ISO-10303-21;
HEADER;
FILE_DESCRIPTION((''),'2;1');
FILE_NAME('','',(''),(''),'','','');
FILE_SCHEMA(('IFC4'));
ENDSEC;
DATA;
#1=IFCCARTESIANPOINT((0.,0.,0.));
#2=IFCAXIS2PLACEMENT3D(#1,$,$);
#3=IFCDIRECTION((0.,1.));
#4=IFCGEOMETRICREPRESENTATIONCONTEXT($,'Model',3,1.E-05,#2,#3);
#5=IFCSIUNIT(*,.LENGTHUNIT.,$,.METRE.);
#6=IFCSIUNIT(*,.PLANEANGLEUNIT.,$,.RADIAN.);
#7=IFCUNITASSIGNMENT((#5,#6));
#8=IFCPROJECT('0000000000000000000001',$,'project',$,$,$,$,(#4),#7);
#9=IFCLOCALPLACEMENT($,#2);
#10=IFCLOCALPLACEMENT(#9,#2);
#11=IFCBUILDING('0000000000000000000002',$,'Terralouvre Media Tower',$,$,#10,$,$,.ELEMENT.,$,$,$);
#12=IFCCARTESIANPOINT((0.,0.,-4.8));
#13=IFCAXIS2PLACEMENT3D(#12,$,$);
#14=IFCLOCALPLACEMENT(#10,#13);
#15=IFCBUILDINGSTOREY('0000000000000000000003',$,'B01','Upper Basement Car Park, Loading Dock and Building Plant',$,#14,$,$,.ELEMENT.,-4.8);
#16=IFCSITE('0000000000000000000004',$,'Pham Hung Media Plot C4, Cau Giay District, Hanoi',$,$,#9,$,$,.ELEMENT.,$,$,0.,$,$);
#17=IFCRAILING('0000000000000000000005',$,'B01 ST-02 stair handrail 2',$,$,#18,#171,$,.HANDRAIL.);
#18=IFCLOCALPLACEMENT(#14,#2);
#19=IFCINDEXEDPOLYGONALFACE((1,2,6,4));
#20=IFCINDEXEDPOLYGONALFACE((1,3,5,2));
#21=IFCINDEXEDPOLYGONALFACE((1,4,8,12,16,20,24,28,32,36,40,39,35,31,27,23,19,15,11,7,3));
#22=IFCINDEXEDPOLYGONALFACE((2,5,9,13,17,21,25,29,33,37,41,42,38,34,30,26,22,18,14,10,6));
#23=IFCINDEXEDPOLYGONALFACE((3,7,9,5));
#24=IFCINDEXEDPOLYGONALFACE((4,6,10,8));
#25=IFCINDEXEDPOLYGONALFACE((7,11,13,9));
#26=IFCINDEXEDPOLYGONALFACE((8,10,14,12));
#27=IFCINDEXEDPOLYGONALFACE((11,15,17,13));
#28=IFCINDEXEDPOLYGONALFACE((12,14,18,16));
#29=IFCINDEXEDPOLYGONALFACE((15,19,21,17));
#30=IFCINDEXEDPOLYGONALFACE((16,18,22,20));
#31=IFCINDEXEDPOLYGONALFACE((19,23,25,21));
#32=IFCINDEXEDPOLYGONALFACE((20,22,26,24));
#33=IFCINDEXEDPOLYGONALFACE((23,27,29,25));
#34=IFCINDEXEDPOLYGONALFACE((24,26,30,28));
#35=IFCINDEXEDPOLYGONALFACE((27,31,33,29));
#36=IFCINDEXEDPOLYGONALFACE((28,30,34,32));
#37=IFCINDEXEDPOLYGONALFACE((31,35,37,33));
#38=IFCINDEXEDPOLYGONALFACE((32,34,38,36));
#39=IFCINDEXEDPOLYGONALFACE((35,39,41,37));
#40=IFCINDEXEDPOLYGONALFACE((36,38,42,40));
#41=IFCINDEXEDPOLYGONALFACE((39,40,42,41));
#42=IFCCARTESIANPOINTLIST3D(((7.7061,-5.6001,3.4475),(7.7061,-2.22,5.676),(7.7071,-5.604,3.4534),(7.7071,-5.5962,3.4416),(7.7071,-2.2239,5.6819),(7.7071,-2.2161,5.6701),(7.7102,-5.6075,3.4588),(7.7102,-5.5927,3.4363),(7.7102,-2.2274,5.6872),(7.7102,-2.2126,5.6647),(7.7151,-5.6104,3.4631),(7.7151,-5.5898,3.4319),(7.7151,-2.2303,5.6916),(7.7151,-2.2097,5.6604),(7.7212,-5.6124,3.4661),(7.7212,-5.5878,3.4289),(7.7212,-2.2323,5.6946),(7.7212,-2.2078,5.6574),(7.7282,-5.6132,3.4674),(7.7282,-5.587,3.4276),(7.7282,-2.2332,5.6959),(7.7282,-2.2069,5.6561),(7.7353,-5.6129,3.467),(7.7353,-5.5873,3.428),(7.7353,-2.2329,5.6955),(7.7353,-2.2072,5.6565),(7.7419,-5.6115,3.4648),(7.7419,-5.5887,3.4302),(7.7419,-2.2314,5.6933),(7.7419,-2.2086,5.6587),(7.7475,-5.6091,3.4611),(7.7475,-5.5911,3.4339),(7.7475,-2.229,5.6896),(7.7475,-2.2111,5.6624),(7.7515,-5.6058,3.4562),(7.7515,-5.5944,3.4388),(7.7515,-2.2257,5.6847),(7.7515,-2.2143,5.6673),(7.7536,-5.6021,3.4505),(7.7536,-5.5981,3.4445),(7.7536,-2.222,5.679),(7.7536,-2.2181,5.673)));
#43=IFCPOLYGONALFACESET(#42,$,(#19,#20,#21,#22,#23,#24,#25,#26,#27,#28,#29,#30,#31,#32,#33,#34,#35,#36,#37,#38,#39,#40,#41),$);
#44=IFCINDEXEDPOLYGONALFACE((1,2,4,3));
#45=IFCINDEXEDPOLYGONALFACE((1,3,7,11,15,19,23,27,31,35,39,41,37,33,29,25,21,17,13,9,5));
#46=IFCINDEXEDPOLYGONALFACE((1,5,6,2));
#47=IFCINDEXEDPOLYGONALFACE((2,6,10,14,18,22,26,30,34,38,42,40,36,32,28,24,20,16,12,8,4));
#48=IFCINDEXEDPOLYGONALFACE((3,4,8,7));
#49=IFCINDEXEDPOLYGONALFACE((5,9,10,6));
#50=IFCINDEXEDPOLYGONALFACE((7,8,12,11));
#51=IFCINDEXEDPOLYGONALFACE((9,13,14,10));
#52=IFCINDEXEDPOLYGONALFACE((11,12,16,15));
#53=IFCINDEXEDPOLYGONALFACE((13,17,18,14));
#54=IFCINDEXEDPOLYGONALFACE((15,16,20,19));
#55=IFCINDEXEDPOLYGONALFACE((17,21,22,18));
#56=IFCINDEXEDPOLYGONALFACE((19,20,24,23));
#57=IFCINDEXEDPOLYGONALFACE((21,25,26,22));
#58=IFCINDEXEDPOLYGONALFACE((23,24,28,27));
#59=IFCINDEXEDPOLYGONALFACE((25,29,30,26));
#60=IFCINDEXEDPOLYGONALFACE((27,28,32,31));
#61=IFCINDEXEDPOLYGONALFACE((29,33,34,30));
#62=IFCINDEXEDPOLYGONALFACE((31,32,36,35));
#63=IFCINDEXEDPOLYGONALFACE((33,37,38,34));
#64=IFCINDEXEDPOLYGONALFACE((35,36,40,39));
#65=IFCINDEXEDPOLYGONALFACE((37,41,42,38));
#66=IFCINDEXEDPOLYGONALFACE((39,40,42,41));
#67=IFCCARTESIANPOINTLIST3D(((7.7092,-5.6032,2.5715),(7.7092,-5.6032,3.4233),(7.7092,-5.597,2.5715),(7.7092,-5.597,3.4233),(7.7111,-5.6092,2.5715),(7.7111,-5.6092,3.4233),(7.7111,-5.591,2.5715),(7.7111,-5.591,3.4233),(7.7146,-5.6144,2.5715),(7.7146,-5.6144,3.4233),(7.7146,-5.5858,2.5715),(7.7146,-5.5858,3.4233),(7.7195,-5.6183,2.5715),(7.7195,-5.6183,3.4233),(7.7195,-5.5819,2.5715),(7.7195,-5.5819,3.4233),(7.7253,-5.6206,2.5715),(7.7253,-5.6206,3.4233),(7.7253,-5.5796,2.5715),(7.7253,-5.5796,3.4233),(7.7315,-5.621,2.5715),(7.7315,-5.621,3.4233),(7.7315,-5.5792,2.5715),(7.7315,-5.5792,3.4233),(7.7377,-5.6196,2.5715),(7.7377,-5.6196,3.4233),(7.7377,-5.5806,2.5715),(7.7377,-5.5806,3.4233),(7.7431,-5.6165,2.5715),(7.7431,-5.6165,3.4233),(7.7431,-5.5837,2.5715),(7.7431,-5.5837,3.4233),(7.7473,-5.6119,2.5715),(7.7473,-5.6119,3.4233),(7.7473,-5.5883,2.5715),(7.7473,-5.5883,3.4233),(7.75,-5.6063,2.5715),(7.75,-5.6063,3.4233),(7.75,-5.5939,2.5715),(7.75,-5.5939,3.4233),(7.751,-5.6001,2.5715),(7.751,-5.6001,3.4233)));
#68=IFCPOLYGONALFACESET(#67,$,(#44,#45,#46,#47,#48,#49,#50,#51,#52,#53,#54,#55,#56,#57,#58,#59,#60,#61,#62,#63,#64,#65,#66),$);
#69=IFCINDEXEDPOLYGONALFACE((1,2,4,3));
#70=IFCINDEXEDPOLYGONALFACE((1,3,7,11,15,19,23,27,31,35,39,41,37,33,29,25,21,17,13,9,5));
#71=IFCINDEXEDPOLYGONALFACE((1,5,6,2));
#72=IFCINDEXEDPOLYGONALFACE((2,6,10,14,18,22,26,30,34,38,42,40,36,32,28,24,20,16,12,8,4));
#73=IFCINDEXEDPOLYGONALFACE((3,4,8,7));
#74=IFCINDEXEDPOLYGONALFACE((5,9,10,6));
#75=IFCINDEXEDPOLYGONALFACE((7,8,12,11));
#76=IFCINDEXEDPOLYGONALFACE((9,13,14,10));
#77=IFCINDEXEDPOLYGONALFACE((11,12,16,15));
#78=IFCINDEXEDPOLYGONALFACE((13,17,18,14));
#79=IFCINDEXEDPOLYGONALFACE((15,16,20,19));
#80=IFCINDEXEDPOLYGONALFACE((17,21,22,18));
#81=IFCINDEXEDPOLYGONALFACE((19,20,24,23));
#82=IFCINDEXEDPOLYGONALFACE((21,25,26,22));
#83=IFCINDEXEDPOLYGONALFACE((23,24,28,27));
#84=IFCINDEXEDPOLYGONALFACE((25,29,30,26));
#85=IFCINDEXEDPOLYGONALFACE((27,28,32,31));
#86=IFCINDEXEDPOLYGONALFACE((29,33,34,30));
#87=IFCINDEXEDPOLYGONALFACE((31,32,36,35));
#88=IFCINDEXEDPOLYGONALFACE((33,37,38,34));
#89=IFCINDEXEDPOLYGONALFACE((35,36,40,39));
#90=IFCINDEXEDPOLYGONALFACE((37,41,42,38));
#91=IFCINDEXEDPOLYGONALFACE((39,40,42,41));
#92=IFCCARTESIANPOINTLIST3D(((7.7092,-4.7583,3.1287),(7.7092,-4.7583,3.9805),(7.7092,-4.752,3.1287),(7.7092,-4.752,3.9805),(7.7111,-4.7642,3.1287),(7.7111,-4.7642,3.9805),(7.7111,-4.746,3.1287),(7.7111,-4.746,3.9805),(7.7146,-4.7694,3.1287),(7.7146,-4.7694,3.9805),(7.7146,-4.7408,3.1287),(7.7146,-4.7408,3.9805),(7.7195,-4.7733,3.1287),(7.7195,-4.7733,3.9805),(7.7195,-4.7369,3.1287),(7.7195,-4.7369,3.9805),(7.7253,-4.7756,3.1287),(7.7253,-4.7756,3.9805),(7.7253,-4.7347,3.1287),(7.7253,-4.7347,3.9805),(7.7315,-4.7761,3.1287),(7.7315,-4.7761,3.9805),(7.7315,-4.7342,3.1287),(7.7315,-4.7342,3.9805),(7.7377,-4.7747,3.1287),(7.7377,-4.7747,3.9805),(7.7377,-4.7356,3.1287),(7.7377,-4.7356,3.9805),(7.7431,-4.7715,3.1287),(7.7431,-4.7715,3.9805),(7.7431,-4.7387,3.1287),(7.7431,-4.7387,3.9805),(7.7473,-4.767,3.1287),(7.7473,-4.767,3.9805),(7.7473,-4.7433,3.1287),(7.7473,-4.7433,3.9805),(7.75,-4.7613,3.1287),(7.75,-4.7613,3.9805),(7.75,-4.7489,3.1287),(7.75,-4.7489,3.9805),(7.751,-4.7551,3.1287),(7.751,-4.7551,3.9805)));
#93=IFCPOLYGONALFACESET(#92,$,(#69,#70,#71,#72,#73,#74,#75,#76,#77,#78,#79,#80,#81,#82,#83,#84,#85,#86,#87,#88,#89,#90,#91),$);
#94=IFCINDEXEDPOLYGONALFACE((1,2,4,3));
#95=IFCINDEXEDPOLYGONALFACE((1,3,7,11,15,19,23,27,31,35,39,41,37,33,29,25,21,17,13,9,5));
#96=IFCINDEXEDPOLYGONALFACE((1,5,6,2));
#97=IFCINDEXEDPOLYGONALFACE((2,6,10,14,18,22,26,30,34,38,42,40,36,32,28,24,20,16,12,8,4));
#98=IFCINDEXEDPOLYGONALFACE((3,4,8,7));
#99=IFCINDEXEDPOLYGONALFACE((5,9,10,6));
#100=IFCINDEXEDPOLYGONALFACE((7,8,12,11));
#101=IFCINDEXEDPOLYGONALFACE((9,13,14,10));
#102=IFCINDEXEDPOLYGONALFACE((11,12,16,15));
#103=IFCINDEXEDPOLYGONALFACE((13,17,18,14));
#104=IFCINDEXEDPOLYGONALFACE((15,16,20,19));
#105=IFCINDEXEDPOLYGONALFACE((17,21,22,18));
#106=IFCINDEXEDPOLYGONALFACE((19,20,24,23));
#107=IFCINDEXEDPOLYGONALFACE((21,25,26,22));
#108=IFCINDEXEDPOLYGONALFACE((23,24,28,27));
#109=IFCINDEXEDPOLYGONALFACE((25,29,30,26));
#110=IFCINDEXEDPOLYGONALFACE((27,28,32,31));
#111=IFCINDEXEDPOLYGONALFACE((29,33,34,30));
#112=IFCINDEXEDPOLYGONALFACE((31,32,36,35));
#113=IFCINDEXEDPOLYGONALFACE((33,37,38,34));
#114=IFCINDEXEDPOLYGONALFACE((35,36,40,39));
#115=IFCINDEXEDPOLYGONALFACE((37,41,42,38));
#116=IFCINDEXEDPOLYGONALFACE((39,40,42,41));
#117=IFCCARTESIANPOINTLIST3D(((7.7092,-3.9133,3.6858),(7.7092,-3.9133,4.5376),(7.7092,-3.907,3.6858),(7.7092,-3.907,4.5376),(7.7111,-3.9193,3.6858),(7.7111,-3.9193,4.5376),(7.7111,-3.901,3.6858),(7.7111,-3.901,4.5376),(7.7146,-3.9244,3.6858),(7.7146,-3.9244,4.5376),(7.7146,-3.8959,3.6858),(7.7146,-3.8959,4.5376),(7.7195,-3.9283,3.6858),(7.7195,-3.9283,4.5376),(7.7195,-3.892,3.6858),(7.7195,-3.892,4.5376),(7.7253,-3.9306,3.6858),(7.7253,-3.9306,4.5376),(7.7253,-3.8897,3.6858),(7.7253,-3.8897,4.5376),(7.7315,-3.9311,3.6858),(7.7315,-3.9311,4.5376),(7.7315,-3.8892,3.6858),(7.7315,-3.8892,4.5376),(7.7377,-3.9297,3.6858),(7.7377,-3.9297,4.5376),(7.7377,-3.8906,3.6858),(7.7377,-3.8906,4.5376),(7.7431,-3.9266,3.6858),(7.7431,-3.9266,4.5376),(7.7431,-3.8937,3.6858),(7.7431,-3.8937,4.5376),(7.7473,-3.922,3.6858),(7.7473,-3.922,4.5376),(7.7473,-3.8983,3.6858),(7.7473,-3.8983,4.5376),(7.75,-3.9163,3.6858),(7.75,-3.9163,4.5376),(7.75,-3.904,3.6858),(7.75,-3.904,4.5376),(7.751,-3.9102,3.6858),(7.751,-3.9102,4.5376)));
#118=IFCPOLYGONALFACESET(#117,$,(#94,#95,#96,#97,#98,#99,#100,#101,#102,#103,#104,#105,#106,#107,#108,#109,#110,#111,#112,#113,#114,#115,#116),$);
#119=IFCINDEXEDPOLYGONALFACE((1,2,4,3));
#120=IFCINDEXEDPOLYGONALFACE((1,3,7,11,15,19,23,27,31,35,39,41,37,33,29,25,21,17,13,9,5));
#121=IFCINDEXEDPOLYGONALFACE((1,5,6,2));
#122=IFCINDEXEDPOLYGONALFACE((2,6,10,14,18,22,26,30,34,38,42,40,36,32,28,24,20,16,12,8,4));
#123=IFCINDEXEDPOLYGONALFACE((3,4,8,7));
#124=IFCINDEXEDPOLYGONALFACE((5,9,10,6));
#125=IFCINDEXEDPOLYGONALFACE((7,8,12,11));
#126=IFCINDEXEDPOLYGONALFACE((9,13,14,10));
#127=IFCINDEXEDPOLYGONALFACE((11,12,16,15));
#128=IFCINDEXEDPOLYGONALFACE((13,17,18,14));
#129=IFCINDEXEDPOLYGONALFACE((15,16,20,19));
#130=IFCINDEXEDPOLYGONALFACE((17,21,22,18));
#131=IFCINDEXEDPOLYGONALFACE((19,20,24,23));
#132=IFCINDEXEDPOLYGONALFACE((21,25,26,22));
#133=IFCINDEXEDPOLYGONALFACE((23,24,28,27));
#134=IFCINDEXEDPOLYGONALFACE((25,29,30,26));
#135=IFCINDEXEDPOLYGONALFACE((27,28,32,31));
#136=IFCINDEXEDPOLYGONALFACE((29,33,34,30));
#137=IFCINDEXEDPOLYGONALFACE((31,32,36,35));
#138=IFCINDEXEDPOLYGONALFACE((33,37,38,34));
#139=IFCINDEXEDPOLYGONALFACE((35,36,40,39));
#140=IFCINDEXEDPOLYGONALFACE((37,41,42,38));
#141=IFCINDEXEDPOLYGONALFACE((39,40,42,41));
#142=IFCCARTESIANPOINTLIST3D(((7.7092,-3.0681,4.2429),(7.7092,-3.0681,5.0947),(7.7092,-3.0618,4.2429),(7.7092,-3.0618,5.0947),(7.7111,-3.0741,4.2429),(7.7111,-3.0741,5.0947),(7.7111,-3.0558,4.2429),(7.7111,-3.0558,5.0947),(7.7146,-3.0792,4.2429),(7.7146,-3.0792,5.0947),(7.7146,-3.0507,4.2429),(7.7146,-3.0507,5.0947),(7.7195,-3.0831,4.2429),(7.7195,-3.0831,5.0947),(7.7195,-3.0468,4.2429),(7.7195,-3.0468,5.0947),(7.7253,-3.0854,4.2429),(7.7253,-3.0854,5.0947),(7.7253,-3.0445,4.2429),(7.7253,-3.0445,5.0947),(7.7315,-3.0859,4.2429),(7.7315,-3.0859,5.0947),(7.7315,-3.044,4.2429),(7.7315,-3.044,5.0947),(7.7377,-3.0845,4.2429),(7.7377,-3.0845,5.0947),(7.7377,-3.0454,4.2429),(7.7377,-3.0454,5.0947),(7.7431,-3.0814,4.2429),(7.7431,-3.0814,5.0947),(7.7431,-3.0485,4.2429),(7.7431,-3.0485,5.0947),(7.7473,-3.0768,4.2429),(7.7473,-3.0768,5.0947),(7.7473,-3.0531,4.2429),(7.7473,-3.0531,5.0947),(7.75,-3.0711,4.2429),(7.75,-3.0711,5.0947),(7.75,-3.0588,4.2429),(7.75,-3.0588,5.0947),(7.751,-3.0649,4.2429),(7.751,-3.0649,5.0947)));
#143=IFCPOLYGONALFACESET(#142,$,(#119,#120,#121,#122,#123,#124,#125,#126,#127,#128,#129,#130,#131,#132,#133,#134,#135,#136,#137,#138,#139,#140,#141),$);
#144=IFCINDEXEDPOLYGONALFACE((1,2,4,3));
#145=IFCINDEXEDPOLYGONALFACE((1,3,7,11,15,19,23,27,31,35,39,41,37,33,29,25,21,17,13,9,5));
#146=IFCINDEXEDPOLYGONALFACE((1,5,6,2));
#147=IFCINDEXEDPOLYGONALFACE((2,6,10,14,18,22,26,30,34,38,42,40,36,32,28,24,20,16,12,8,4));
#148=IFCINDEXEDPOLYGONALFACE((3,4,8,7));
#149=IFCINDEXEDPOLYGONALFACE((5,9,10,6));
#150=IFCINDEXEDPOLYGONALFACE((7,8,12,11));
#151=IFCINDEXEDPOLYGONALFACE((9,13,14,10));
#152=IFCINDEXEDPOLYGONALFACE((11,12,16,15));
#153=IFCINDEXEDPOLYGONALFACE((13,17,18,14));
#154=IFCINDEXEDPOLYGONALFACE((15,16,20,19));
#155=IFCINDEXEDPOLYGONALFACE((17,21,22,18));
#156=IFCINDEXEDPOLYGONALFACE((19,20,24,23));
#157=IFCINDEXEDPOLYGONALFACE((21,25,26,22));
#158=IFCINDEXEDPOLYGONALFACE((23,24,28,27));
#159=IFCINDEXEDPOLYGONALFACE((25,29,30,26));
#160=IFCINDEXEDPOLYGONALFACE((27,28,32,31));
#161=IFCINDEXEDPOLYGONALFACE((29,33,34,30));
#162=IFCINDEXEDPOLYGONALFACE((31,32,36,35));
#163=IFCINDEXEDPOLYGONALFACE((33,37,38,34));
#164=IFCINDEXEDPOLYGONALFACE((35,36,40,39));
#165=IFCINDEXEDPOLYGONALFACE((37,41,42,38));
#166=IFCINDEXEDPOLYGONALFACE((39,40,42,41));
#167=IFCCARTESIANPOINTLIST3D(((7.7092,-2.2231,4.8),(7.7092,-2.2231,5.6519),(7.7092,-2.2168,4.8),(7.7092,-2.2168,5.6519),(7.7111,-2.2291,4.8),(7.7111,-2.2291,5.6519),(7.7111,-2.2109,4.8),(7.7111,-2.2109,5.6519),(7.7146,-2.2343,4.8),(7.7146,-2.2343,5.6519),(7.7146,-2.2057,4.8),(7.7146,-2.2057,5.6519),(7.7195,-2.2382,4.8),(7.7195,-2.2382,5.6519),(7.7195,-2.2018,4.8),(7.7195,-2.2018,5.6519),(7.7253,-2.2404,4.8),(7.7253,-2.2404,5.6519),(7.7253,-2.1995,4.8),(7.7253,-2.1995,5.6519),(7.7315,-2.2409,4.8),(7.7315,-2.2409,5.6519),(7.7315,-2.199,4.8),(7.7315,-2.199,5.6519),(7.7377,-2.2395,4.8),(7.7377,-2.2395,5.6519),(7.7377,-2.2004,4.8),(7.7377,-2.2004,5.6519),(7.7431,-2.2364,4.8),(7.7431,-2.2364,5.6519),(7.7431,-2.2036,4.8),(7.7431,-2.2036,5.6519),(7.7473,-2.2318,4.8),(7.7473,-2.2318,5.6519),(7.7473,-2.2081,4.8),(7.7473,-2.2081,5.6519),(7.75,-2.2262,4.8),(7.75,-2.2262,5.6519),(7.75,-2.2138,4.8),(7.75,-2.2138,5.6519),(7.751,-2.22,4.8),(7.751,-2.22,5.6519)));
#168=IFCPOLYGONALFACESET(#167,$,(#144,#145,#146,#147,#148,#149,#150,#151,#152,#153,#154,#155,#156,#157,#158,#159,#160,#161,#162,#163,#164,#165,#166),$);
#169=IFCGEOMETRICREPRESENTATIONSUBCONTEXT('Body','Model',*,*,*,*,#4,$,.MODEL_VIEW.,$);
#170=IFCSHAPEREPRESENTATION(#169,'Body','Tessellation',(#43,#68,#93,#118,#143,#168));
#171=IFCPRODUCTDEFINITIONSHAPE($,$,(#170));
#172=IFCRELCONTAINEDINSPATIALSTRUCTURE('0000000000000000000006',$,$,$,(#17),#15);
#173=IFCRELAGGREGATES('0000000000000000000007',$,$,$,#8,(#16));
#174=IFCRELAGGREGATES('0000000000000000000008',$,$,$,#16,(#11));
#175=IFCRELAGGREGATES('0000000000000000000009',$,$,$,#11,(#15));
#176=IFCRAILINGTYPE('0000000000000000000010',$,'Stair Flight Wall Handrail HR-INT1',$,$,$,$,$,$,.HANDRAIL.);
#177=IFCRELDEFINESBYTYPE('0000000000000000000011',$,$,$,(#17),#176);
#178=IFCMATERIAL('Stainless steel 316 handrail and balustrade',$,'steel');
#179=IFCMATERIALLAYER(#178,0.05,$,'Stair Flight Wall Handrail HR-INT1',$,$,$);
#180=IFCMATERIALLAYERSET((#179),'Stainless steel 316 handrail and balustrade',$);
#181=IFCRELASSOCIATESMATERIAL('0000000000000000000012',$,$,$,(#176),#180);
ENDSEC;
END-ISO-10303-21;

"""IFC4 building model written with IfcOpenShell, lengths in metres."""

from ifc_helpers import new_model, si_unit, direction, frame, origin, origin_2d, place, context, subcontext, project, spatial, circle, extrude, material, layer, layer_set, type_object, element, save


model = new_model("IFC4")

# Units and contexts
model_context = context("Model", 3, precision=1e-05, world=origin(), true_north=direction((0.0, 1.0)))
body_context = subcontext(model_context, "Body", "Model", "MODEL_VIEW")
ifc_project = project(units=[si_unit("LENGTHUNIT", "METRE"), si_unit("PLANEANGLEUNIT", "RADIAN")], contexts=[model_context])

# Site, building, storey
site_placement = place(None, origin())
site = spatial("IfcSite", under=ifc_project, at=site_placement, Name="Pham Hung Media Plot C4, Cau Giay District, Hanoi", CompositionType="ELEMENT", RefElevation=0.0)
building_placement = place(site_placement, origin())
building = spatial("IfcBuilding", under=site, at=building_placement, Name="Terralouvre Media Tower", CompositionType="ELEMENT")
storey_placement = place(building_placement, frame((0.0, 0.0, -4.8)))
storey = spatial("IfcBuildingStorey", under=building, at=storey_placement, Name="B01", Description="Upper Basement Car Park, Loading Dock and Building Plant", CompositionType="ELEMENT", Elevation=-4.8)

# Railing
ifc_material_1 = material(Name="Stainless steel 316 handrail and balustrade", Category="steel")
ifc_layer_1 = layer(ifc_material_1, 0.05, Name="Stair Flight Wall Handrail HR-INT1")
ifc_layer_set_1 = layer_set([ifc_layer_1], Name="Stainless steel 316 handrail and balustrade")
railing_type_1 = type_object("IfcRailingType", Name="Stair Flight Wall Handrail HR-INT1", PredefinedType="HANDRAIL", material=ifc_layer_set_1)
railing_1_placement = place(storey_placement, frame((7.73, -5.6001, 2.5715)))
element("IfcRailing", 1, at=railing_1_placement, inside=storey, type_object=railing_type_1, Name="B01 ST-02 stair handrail 2", PredefinedType="HANDRAIL", context=body_context, shape_type="SweptSolid", body=[
    extrude(circle(Radius=0.0239, at=origin_2d()), frame((0.0, 0.0, 0.876), z_axis=(0.0, 0.834878, 0.550435), x_axis=(-1.0, 0.0, 0.0)), (0.0, 0.0, 1.0), 4.0486),
    extrude(circle(Radius=0.021, at=origin_2d()), origin(), (0.0, 0.0, 1.0), 0.8518),
    extrude(circle(Radius=0.021, at=origin_2d()), frame((0.0, 0.845, 0.5571)), (0.0, 0.0, 1.0), 0.8518),
    extrude(circle(Radius=0.021, at=origin_2d()), frame((0.0, 1.6899, 1.1143)), (0.0, 0.0, 1.0), 0.8518),
    extrude(circle(Radius=0.021, at=origin_2d()), frame((0.0, 2.5352, 1.6714)), (0.0, 0.0, 1.0), 0.8518),
    extrude(circle(Radius=0.021, at=origin_2d()), frame((0.0, 3.3801, 2.2285)), (0.0, 0.0, 1.0), 0.8518),
])

save(model, "model.ifc")
